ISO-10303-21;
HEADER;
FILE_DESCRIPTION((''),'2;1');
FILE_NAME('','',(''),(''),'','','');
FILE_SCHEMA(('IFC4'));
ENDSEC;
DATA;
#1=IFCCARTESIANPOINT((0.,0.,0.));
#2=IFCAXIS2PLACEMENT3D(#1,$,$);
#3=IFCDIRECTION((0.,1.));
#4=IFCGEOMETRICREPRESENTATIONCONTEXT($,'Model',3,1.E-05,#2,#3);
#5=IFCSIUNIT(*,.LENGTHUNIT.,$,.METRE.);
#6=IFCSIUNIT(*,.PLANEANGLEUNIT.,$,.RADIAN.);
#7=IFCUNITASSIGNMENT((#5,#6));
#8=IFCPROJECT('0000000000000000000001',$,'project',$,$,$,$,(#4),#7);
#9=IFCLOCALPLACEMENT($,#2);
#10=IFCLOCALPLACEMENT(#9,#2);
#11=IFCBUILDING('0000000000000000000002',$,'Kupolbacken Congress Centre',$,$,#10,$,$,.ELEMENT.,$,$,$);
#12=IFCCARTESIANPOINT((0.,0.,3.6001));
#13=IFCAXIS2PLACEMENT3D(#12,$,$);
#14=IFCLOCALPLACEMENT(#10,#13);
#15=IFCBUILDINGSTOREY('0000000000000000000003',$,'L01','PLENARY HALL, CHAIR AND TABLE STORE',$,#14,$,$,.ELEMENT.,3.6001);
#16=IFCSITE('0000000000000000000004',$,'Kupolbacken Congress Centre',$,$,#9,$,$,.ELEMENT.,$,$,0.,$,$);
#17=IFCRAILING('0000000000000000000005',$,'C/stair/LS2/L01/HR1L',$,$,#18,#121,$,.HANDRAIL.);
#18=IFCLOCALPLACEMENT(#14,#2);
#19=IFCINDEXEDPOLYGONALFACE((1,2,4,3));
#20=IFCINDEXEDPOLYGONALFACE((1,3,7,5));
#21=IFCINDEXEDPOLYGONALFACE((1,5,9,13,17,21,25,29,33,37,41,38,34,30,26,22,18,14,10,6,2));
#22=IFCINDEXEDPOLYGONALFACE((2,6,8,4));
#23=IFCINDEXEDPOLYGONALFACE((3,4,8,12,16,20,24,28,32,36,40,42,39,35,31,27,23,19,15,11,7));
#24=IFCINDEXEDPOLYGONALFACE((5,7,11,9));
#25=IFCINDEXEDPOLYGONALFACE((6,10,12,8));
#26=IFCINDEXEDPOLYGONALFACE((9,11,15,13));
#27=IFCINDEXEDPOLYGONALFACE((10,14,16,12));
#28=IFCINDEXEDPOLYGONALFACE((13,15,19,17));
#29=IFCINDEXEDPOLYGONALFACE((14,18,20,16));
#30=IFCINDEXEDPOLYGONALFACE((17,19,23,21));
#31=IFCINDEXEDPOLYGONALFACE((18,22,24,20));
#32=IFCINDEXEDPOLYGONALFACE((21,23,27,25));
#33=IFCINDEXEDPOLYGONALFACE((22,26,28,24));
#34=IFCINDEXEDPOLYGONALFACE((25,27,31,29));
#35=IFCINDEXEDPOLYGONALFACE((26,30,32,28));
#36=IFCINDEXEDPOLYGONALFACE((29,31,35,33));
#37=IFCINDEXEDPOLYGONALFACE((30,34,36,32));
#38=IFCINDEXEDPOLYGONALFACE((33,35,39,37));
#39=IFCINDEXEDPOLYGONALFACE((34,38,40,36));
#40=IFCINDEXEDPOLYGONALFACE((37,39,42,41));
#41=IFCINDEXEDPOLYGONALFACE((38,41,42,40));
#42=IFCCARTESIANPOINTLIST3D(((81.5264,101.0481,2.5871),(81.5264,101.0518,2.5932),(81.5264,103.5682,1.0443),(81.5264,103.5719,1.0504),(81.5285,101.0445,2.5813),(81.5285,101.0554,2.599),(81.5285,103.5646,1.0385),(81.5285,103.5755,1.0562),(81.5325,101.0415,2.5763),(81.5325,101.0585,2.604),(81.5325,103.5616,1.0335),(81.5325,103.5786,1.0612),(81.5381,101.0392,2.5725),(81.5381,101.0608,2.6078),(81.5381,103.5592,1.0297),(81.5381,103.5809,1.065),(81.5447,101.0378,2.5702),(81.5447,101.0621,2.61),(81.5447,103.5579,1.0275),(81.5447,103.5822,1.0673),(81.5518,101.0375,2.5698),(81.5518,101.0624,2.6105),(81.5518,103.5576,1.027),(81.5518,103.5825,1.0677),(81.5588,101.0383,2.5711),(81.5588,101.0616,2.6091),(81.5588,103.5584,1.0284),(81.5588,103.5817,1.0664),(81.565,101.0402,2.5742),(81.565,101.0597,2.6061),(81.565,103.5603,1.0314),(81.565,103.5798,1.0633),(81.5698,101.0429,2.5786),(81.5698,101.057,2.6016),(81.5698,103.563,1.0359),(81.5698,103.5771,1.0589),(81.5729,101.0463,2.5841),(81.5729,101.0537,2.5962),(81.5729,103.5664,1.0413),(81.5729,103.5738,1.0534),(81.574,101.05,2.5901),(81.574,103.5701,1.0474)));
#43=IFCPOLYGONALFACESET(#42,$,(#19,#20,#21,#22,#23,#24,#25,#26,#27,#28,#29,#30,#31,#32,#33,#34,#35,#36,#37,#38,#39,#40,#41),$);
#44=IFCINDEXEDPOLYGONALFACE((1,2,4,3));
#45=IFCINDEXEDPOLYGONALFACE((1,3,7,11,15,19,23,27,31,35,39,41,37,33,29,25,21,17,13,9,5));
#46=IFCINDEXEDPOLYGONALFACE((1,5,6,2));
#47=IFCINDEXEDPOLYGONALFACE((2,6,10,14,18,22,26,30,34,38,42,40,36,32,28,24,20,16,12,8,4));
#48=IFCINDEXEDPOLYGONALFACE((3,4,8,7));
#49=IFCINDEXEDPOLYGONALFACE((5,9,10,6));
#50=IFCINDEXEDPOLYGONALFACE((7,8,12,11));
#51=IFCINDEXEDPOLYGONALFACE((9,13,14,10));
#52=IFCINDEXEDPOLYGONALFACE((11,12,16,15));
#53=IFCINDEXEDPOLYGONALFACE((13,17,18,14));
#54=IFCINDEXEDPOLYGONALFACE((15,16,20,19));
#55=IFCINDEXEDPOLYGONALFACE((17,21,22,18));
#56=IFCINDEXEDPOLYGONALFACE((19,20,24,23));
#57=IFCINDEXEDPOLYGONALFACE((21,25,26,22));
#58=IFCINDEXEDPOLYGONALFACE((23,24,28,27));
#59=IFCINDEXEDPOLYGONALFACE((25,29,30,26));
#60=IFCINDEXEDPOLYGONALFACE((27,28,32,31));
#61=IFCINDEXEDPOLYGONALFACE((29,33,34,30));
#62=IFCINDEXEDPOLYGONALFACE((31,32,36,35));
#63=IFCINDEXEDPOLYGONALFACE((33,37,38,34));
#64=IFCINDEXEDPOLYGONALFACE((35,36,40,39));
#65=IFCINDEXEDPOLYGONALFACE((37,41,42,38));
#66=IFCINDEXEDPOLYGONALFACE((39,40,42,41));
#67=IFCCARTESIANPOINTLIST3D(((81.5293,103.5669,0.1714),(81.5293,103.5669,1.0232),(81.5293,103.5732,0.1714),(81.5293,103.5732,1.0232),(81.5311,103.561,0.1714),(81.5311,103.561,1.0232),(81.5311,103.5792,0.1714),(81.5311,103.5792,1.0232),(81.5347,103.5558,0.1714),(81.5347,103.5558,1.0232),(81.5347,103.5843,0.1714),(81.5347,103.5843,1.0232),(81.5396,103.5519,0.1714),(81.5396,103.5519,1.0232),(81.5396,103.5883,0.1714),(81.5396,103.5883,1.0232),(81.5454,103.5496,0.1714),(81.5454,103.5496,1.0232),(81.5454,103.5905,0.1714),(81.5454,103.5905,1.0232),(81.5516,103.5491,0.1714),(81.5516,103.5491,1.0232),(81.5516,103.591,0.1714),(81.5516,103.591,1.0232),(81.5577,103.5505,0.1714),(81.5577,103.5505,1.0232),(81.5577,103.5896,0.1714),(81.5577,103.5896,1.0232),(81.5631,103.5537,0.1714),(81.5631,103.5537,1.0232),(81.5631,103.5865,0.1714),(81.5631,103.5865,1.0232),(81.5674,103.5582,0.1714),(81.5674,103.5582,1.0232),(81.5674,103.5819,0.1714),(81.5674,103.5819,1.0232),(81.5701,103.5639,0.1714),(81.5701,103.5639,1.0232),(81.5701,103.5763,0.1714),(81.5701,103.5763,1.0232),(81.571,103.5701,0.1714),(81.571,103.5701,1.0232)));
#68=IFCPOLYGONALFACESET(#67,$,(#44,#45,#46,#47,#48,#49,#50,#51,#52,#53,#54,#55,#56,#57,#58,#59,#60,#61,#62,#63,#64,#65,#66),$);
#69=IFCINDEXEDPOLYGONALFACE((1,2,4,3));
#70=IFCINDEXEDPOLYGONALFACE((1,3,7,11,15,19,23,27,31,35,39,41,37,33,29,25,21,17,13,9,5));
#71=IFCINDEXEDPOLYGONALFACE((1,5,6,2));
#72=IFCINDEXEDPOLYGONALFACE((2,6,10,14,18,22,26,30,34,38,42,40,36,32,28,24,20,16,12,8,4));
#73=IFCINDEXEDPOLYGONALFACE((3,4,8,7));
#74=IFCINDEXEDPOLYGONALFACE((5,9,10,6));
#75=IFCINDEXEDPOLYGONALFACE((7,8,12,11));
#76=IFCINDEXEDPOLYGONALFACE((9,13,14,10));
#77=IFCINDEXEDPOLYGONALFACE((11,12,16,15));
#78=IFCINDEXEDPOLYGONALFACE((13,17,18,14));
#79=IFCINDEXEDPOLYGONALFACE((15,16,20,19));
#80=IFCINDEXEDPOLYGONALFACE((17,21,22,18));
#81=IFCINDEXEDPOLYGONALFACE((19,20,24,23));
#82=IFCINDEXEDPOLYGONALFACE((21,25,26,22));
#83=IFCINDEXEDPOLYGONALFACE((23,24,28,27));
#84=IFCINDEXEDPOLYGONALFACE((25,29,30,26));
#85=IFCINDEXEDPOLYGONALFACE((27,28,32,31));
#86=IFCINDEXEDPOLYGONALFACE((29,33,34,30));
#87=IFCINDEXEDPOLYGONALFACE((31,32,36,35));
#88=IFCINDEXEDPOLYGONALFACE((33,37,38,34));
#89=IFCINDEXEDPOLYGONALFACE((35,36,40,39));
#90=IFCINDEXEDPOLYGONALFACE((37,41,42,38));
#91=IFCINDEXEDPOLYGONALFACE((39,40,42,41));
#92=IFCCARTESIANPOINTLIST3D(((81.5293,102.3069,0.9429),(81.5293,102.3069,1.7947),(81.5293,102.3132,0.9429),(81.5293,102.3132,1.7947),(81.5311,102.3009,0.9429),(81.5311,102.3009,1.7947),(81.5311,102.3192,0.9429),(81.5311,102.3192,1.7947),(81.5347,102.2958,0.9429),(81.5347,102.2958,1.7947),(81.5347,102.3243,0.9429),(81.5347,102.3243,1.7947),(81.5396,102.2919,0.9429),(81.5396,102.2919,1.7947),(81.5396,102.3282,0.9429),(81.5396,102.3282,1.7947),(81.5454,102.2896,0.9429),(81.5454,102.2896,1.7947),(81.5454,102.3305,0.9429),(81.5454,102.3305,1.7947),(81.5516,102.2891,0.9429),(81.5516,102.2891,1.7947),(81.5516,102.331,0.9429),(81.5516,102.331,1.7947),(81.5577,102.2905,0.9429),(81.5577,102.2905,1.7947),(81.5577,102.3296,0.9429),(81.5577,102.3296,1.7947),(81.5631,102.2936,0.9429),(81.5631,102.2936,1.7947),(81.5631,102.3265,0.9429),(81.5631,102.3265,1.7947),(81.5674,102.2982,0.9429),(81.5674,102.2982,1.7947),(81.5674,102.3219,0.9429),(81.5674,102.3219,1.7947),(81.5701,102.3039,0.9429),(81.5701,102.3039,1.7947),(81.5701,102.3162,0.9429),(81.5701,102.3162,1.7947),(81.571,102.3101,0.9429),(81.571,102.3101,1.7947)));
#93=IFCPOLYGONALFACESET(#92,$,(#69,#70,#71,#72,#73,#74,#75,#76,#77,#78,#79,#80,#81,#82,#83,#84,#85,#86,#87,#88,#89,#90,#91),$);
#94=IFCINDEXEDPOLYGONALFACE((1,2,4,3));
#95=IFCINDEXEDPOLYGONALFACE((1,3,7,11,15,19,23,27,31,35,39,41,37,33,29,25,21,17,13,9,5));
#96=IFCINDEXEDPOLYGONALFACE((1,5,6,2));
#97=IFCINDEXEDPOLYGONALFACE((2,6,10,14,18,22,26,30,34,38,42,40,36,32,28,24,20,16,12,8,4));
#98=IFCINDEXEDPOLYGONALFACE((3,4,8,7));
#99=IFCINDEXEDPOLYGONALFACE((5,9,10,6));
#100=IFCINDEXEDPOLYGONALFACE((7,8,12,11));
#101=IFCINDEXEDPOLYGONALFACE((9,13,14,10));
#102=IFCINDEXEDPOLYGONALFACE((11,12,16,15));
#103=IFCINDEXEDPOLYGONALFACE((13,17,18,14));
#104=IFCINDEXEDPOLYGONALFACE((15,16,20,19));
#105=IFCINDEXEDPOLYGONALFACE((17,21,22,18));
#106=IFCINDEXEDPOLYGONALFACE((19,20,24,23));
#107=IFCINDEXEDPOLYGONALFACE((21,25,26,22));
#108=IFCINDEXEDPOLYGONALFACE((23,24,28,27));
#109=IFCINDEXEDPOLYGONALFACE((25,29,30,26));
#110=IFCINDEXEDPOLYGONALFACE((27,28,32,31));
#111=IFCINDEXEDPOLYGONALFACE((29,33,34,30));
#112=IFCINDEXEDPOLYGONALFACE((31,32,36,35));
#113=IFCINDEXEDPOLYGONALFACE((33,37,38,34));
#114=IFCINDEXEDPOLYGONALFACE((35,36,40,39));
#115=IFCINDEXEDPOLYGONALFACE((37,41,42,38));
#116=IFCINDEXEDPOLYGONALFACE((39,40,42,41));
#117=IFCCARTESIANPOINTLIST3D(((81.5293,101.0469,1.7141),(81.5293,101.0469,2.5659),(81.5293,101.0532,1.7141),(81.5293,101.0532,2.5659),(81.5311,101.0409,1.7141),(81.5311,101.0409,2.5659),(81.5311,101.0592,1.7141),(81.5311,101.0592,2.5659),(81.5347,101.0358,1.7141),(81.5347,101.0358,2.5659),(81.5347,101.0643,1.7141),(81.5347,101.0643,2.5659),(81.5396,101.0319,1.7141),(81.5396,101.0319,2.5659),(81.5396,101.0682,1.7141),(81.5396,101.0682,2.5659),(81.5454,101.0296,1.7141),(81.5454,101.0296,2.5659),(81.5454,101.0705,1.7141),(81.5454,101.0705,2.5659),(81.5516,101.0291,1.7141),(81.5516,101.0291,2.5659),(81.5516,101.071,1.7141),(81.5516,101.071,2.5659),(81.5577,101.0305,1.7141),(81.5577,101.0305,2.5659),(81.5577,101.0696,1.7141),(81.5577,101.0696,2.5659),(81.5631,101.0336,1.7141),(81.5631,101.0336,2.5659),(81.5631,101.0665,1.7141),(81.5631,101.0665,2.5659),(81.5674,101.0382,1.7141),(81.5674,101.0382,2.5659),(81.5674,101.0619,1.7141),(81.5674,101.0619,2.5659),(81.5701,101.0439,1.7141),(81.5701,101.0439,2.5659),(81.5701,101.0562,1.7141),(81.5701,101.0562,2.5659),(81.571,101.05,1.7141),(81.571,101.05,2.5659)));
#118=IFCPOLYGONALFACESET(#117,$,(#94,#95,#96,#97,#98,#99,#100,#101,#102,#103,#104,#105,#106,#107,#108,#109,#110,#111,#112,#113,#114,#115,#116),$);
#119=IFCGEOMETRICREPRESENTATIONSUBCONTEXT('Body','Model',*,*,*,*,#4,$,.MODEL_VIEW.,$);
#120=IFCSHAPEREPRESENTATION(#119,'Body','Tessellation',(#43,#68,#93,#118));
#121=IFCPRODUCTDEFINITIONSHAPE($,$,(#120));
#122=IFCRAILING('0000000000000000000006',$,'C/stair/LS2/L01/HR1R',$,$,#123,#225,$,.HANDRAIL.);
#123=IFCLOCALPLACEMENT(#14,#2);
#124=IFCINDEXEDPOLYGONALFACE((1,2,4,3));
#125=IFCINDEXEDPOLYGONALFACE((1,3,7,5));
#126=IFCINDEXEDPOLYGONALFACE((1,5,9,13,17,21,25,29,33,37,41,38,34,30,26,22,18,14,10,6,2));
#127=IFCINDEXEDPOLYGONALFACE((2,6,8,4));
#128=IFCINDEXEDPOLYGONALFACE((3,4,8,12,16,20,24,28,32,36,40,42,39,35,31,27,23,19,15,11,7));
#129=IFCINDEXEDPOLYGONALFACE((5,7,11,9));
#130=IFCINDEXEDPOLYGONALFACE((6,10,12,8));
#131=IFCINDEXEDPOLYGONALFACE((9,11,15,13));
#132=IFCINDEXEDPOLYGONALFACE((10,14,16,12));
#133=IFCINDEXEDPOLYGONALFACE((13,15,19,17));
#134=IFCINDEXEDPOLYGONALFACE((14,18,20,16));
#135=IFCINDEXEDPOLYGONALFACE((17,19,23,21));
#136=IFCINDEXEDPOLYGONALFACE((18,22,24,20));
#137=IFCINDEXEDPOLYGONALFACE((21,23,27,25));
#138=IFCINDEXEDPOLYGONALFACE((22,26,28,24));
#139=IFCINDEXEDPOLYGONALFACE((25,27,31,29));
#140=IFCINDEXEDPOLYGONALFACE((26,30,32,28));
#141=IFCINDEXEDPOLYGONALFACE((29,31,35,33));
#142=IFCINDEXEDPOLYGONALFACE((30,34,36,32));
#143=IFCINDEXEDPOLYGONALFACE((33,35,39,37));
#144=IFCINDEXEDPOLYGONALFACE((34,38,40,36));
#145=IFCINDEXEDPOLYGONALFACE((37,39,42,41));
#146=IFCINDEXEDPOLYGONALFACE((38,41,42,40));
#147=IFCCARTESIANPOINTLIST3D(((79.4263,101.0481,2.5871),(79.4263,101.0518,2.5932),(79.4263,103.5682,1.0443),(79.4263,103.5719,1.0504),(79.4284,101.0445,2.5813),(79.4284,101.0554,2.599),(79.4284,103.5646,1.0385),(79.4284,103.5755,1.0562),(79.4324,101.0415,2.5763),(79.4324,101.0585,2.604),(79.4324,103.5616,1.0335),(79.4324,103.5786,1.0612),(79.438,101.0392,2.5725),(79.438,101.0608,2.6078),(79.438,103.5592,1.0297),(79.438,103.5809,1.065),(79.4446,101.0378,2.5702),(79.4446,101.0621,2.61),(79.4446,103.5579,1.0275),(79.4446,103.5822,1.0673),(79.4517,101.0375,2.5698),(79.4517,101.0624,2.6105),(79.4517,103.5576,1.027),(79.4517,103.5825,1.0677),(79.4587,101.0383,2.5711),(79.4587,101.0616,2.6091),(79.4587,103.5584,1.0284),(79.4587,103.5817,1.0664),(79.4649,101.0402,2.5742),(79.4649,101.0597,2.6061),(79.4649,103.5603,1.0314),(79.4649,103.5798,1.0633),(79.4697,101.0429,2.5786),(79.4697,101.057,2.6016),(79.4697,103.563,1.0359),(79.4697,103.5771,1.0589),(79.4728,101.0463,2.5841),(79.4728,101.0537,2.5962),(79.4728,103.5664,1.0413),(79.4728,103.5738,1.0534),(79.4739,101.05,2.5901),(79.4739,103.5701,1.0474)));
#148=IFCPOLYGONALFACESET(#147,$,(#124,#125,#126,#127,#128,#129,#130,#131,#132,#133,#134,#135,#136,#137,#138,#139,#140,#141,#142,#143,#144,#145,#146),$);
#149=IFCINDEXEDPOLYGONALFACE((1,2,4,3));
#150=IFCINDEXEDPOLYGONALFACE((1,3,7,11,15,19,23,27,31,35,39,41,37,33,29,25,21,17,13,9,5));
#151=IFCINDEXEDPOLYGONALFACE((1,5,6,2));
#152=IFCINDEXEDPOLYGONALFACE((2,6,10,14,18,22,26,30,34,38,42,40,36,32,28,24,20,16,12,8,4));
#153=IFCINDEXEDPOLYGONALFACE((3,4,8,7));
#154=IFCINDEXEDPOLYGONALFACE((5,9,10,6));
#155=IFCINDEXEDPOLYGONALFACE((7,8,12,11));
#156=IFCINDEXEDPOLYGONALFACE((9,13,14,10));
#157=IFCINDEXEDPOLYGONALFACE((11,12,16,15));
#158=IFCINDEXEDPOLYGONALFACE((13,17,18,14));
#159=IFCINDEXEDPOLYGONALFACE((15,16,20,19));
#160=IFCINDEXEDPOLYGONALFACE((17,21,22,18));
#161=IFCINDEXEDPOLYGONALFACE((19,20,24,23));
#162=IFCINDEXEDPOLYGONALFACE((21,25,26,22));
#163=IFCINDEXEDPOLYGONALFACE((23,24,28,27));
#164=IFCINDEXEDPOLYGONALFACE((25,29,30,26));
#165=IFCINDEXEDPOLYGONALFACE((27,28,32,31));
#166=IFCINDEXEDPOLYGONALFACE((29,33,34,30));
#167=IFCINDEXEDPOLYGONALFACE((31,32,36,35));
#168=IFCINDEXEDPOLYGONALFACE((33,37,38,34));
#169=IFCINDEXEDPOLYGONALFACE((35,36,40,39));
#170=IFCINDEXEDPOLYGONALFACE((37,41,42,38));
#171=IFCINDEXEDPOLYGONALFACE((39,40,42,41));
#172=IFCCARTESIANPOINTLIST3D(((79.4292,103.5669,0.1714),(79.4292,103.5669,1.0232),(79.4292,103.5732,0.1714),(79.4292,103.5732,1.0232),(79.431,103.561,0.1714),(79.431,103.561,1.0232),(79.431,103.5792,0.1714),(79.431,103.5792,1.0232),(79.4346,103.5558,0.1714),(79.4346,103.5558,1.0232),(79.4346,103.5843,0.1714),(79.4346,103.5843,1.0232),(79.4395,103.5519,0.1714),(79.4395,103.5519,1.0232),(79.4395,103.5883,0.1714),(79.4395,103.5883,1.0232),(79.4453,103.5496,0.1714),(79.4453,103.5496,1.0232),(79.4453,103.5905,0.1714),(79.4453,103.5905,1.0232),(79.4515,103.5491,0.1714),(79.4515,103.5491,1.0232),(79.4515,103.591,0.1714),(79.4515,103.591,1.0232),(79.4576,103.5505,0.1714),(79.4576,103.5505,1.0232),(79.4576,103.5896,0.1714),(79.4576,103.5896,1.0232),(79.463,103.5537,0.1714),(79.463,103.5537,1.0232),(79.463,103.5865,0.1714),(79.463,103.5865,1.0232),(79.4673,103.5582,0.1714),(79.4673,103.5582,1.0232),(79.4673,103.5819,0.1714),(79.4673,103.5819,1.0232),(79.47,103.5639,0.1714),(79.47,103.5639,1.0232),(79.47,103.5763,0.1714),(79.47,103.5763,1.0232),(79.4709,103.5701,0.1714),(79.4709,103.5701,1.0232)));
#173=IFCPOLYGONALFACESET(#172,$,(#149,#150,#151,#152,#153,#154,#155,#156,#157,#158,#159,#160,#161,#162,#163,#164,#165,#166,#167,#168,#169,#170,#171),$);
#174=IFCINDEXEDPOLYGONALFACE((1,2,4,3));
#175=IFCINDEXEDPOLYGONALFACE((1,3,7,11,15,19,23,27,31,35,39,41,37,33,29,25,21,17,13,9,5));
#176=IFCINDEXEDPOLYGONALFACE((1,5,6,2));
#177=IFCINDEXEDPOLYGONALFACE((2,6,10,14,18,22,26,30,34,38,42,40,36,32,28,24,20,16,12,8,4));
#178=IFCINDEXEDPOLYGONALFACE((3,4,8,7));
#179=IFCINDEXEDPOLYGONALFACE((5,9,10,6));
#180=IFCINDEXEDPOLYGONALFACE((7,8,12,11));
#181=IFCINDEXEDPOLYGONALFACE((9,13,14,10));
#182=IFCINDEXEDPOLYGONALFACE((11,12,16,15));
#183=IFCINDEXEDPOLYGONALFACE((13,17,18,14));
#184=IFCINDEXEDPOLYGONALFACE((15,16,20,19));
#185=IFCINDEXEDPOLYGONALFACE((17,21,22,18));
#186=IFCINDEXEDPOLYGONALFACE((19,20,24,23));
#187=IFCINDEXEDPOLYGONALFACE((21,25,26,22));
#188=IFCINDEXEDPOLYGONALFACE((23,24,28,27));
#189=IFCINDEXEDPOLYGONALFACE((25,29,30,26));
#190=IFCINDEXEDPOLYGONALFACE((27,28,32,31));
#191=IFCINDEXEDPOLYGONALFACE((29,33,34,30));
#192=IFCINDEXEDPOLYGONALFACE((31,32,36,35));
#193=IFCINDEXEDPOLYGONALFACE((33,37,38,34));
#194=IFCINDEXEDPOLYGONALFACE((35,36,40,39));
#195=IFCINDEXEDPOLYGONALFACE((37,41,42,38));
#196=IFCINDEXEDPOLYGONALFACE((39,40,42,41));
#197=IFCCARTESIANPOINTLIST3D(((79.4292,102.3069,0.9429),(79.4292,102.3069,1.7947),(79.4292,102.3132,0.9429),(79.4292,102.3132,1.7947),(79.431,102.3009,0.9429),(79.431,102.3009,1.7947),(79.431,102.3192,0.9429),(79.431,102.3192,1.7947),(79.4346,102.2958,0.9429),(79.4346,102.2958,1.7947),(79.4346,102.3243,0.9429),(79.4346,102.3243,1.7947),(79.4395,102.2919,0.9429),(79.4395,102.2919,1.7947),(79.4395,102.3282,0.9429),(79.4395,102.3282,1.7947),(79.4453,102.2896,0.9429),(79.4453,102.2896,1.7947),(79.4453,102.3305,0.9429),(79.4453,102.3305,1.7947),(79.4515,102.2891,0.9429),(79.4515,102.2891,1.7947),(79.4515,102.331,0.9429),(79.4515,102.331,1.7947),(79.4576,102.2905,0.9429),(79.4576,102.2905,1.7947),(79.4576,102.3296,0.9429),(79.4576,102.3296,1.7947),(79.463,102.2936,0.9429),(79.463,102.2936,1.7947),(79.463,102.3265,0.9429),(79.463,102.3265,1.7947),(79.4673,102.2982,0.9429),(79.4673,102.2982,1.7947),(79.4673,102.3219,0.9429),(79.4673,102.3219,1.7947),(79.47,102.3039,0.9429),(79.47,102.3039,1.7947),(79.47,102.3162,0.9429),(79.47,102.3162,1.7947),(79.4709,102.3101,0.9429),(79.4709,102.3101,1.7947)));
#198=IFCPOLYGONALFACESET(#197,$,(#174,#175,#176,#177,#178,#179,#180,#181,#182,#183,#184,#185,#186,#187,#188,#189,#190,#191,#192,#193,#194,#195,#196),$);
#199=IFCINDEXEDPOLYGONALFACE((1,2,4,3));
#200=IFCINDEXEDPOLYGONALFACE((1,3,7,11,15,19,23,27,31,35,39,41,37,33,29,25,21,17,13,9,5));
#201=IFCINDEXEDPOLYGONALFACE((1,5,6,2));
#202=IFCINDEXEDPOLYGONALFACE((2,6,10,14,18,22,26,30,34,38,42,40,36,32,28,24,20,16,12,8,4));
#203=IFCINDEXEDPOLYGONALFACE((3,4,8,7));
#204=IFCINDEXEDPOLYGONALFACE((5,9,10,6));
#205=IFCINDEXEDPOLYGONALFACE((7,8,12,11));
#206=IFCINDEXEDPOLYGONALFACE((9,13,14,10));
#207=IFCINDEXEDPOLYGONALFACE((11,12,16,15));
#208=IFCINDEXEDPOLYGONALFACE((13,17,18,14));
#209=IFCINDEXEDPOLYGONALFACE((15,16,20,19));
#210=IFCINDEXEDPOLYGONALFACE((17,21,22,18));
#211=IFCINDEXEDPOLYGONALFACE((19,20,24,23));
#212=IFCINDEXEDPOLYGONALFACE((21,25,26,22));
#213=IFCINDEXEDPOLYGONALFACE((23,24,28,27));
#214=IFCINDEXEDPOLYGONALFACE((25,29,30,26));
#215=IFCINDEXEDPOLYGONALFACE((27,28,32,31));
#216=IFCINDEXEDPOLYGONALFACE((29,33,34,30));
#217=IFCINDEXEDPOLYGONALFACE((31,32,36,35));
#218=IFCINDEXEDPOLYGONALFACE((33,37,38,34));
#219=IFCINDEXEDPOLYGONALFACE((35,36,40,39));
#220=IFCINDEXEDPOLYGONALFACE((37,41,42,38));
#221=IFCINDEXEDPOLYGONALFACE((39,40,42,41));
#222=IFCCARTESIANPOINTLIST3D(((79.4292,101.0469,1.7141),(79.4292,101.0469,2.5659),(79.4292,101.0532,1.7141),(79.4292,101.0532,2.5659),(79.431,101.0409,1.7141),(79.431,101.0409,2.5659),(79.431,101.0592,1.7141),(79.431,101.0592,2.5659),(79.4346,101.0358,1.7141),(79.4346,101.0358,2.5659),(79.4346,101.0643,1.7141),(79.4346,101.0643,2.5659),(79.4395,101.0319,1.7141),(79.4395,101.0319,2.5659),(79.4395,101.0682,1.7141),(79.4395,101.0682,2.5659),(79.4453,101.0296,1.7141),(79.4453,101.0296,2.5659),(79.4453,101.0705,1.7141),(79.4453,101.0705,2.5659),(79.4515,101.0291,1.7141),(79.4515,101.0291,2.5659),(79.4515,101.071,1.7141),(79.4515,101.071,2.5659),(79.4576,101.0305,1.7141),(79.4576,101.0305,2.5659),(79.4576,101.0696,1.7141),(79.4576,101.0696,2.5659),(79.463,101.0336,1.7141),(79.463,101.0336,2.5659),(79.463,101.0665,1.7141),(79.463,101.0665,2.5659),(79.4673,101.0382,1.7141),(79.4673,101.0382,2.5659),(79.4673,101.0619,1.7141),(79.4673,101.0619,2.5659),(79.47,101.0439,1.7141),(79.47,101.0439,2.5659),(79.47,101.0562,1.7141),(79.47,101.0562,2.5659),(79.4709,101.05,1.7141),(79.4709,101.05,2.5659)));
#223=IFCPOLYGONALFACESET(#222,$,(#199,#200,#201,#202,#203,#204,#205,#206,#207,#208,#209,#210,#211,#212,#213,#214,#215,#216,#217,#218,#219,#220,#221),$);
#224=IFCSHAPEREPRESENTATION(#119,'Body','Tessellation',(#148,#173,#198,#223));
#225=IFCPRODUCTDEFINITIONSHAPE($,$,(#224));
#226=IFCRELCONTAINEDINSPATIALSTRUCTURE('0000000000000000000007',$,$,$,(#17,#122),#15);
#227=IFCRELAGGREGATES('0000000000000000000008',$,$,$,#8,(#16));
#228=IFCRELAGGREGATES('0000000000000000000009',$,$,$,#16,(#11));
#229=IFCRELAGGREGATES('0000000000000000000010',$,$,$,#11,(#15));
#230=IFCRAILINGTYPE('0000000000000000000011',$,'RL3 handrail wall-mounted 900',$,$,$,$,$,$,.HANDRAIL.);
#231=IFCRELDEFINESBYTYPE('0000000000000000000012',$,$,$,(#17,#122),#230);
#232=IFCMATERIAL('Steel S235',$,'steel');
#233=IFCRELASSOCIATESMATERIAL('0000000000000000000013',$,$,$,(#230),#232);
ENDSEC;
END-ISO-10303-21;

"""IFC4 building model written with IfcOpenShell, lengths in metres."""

from ifc_helpers import new_model, si_unit, direction, frame, origin, origin_2d, place, context, subcontext, project, spatial, circle, extrude, material, type_object, element, save


model = new_model("IFC4")

# Units and contexts
model_context = context("Model", 3, precision=1e-05, world=origin(), true_north=direction((0.0, 1.0)))
body_context = subcontext(model_context, "Body", "Model", "MODEL_VIEW")
ifc_project = project(units=[si_unit("LENGTHUNIT", "METRE"), si_unit("PLANEANGLEUNIT", "RADIAN")], contexts=[model_context])

# Site, building, storey
site_placement = place(None, origin())
site = spatial("IfcSite", under=ifc_project, at=site_placement, Name="Kupolbacken Congress Centre", CompositionType="ELEMENT", RefElevation=0.0)
building_placement = place(site_placement, origin())
building = spatial("IfcBuilding", under=site, at=building_placement, Name="Kupolbacken Congress Centre", CompositionType="ELEMENT")
storey_placement = place(building_placement, frame((0.0, 0.0, 3.6001)))
storey = spatial("IfcBuildingStorey", under=building, at=storey_placement, Name="L01", Description="PLENARY HALL, CHAIR AND TABLE STORE", CompositionType="ELEMENT", Elevation=3.6001)

# Railings
ifc_material_1 = material(Name="Steel S235", Category="steel")
railing_type = type_object("IfcRailingType", Name="RL3 handrail wall-mounted 900", PredefinedType="HANDRAIL", material=ifc_material_1)
for number, where, name in (
    (1, (81.55, 103.5701, 0.1714), "C/stair/LS2/L01/HR1L"),
    (2, (79.45, 103.5701, 0.1714), "C/stair/LS2/L01/HR1R"),
):
    element("IfcRailing", number, at=place(storey_placement, frame(where)), inside=storey, type_object=railing_type, Name=name, PredefinedType="HANDRAIL", context=body_context, shape_type="SweptSolid", body=[
        extrude(circle(Radius=0.0239, at=origin_2d()), frame((0.0, 0.0, 0.876), z_axis=(0.0, -0.852873, 0.522118), x_axis=(1.0, 0.0, 0.0)), (0.0, 0.0, 1.0), 2.9548),
        extrude(circle(Radius=0.021, at=origin_2d()), origin(), (0.0, 0.0, 1.0), 0.8518),
        extrude(circle(Radius=0.021, at=origin_2d()), frame((0.0, -1.26, 0.7715)), (0.0, 0.0, 1.0), 0.8518),
        extrude(circle(Radius=0.021, at=origin_2d()), frame((0.0, -2.52, 1.5427)), (0.0, 0.0, 1.0), 0.8518),
    ])

save(model, "model.ifc")
